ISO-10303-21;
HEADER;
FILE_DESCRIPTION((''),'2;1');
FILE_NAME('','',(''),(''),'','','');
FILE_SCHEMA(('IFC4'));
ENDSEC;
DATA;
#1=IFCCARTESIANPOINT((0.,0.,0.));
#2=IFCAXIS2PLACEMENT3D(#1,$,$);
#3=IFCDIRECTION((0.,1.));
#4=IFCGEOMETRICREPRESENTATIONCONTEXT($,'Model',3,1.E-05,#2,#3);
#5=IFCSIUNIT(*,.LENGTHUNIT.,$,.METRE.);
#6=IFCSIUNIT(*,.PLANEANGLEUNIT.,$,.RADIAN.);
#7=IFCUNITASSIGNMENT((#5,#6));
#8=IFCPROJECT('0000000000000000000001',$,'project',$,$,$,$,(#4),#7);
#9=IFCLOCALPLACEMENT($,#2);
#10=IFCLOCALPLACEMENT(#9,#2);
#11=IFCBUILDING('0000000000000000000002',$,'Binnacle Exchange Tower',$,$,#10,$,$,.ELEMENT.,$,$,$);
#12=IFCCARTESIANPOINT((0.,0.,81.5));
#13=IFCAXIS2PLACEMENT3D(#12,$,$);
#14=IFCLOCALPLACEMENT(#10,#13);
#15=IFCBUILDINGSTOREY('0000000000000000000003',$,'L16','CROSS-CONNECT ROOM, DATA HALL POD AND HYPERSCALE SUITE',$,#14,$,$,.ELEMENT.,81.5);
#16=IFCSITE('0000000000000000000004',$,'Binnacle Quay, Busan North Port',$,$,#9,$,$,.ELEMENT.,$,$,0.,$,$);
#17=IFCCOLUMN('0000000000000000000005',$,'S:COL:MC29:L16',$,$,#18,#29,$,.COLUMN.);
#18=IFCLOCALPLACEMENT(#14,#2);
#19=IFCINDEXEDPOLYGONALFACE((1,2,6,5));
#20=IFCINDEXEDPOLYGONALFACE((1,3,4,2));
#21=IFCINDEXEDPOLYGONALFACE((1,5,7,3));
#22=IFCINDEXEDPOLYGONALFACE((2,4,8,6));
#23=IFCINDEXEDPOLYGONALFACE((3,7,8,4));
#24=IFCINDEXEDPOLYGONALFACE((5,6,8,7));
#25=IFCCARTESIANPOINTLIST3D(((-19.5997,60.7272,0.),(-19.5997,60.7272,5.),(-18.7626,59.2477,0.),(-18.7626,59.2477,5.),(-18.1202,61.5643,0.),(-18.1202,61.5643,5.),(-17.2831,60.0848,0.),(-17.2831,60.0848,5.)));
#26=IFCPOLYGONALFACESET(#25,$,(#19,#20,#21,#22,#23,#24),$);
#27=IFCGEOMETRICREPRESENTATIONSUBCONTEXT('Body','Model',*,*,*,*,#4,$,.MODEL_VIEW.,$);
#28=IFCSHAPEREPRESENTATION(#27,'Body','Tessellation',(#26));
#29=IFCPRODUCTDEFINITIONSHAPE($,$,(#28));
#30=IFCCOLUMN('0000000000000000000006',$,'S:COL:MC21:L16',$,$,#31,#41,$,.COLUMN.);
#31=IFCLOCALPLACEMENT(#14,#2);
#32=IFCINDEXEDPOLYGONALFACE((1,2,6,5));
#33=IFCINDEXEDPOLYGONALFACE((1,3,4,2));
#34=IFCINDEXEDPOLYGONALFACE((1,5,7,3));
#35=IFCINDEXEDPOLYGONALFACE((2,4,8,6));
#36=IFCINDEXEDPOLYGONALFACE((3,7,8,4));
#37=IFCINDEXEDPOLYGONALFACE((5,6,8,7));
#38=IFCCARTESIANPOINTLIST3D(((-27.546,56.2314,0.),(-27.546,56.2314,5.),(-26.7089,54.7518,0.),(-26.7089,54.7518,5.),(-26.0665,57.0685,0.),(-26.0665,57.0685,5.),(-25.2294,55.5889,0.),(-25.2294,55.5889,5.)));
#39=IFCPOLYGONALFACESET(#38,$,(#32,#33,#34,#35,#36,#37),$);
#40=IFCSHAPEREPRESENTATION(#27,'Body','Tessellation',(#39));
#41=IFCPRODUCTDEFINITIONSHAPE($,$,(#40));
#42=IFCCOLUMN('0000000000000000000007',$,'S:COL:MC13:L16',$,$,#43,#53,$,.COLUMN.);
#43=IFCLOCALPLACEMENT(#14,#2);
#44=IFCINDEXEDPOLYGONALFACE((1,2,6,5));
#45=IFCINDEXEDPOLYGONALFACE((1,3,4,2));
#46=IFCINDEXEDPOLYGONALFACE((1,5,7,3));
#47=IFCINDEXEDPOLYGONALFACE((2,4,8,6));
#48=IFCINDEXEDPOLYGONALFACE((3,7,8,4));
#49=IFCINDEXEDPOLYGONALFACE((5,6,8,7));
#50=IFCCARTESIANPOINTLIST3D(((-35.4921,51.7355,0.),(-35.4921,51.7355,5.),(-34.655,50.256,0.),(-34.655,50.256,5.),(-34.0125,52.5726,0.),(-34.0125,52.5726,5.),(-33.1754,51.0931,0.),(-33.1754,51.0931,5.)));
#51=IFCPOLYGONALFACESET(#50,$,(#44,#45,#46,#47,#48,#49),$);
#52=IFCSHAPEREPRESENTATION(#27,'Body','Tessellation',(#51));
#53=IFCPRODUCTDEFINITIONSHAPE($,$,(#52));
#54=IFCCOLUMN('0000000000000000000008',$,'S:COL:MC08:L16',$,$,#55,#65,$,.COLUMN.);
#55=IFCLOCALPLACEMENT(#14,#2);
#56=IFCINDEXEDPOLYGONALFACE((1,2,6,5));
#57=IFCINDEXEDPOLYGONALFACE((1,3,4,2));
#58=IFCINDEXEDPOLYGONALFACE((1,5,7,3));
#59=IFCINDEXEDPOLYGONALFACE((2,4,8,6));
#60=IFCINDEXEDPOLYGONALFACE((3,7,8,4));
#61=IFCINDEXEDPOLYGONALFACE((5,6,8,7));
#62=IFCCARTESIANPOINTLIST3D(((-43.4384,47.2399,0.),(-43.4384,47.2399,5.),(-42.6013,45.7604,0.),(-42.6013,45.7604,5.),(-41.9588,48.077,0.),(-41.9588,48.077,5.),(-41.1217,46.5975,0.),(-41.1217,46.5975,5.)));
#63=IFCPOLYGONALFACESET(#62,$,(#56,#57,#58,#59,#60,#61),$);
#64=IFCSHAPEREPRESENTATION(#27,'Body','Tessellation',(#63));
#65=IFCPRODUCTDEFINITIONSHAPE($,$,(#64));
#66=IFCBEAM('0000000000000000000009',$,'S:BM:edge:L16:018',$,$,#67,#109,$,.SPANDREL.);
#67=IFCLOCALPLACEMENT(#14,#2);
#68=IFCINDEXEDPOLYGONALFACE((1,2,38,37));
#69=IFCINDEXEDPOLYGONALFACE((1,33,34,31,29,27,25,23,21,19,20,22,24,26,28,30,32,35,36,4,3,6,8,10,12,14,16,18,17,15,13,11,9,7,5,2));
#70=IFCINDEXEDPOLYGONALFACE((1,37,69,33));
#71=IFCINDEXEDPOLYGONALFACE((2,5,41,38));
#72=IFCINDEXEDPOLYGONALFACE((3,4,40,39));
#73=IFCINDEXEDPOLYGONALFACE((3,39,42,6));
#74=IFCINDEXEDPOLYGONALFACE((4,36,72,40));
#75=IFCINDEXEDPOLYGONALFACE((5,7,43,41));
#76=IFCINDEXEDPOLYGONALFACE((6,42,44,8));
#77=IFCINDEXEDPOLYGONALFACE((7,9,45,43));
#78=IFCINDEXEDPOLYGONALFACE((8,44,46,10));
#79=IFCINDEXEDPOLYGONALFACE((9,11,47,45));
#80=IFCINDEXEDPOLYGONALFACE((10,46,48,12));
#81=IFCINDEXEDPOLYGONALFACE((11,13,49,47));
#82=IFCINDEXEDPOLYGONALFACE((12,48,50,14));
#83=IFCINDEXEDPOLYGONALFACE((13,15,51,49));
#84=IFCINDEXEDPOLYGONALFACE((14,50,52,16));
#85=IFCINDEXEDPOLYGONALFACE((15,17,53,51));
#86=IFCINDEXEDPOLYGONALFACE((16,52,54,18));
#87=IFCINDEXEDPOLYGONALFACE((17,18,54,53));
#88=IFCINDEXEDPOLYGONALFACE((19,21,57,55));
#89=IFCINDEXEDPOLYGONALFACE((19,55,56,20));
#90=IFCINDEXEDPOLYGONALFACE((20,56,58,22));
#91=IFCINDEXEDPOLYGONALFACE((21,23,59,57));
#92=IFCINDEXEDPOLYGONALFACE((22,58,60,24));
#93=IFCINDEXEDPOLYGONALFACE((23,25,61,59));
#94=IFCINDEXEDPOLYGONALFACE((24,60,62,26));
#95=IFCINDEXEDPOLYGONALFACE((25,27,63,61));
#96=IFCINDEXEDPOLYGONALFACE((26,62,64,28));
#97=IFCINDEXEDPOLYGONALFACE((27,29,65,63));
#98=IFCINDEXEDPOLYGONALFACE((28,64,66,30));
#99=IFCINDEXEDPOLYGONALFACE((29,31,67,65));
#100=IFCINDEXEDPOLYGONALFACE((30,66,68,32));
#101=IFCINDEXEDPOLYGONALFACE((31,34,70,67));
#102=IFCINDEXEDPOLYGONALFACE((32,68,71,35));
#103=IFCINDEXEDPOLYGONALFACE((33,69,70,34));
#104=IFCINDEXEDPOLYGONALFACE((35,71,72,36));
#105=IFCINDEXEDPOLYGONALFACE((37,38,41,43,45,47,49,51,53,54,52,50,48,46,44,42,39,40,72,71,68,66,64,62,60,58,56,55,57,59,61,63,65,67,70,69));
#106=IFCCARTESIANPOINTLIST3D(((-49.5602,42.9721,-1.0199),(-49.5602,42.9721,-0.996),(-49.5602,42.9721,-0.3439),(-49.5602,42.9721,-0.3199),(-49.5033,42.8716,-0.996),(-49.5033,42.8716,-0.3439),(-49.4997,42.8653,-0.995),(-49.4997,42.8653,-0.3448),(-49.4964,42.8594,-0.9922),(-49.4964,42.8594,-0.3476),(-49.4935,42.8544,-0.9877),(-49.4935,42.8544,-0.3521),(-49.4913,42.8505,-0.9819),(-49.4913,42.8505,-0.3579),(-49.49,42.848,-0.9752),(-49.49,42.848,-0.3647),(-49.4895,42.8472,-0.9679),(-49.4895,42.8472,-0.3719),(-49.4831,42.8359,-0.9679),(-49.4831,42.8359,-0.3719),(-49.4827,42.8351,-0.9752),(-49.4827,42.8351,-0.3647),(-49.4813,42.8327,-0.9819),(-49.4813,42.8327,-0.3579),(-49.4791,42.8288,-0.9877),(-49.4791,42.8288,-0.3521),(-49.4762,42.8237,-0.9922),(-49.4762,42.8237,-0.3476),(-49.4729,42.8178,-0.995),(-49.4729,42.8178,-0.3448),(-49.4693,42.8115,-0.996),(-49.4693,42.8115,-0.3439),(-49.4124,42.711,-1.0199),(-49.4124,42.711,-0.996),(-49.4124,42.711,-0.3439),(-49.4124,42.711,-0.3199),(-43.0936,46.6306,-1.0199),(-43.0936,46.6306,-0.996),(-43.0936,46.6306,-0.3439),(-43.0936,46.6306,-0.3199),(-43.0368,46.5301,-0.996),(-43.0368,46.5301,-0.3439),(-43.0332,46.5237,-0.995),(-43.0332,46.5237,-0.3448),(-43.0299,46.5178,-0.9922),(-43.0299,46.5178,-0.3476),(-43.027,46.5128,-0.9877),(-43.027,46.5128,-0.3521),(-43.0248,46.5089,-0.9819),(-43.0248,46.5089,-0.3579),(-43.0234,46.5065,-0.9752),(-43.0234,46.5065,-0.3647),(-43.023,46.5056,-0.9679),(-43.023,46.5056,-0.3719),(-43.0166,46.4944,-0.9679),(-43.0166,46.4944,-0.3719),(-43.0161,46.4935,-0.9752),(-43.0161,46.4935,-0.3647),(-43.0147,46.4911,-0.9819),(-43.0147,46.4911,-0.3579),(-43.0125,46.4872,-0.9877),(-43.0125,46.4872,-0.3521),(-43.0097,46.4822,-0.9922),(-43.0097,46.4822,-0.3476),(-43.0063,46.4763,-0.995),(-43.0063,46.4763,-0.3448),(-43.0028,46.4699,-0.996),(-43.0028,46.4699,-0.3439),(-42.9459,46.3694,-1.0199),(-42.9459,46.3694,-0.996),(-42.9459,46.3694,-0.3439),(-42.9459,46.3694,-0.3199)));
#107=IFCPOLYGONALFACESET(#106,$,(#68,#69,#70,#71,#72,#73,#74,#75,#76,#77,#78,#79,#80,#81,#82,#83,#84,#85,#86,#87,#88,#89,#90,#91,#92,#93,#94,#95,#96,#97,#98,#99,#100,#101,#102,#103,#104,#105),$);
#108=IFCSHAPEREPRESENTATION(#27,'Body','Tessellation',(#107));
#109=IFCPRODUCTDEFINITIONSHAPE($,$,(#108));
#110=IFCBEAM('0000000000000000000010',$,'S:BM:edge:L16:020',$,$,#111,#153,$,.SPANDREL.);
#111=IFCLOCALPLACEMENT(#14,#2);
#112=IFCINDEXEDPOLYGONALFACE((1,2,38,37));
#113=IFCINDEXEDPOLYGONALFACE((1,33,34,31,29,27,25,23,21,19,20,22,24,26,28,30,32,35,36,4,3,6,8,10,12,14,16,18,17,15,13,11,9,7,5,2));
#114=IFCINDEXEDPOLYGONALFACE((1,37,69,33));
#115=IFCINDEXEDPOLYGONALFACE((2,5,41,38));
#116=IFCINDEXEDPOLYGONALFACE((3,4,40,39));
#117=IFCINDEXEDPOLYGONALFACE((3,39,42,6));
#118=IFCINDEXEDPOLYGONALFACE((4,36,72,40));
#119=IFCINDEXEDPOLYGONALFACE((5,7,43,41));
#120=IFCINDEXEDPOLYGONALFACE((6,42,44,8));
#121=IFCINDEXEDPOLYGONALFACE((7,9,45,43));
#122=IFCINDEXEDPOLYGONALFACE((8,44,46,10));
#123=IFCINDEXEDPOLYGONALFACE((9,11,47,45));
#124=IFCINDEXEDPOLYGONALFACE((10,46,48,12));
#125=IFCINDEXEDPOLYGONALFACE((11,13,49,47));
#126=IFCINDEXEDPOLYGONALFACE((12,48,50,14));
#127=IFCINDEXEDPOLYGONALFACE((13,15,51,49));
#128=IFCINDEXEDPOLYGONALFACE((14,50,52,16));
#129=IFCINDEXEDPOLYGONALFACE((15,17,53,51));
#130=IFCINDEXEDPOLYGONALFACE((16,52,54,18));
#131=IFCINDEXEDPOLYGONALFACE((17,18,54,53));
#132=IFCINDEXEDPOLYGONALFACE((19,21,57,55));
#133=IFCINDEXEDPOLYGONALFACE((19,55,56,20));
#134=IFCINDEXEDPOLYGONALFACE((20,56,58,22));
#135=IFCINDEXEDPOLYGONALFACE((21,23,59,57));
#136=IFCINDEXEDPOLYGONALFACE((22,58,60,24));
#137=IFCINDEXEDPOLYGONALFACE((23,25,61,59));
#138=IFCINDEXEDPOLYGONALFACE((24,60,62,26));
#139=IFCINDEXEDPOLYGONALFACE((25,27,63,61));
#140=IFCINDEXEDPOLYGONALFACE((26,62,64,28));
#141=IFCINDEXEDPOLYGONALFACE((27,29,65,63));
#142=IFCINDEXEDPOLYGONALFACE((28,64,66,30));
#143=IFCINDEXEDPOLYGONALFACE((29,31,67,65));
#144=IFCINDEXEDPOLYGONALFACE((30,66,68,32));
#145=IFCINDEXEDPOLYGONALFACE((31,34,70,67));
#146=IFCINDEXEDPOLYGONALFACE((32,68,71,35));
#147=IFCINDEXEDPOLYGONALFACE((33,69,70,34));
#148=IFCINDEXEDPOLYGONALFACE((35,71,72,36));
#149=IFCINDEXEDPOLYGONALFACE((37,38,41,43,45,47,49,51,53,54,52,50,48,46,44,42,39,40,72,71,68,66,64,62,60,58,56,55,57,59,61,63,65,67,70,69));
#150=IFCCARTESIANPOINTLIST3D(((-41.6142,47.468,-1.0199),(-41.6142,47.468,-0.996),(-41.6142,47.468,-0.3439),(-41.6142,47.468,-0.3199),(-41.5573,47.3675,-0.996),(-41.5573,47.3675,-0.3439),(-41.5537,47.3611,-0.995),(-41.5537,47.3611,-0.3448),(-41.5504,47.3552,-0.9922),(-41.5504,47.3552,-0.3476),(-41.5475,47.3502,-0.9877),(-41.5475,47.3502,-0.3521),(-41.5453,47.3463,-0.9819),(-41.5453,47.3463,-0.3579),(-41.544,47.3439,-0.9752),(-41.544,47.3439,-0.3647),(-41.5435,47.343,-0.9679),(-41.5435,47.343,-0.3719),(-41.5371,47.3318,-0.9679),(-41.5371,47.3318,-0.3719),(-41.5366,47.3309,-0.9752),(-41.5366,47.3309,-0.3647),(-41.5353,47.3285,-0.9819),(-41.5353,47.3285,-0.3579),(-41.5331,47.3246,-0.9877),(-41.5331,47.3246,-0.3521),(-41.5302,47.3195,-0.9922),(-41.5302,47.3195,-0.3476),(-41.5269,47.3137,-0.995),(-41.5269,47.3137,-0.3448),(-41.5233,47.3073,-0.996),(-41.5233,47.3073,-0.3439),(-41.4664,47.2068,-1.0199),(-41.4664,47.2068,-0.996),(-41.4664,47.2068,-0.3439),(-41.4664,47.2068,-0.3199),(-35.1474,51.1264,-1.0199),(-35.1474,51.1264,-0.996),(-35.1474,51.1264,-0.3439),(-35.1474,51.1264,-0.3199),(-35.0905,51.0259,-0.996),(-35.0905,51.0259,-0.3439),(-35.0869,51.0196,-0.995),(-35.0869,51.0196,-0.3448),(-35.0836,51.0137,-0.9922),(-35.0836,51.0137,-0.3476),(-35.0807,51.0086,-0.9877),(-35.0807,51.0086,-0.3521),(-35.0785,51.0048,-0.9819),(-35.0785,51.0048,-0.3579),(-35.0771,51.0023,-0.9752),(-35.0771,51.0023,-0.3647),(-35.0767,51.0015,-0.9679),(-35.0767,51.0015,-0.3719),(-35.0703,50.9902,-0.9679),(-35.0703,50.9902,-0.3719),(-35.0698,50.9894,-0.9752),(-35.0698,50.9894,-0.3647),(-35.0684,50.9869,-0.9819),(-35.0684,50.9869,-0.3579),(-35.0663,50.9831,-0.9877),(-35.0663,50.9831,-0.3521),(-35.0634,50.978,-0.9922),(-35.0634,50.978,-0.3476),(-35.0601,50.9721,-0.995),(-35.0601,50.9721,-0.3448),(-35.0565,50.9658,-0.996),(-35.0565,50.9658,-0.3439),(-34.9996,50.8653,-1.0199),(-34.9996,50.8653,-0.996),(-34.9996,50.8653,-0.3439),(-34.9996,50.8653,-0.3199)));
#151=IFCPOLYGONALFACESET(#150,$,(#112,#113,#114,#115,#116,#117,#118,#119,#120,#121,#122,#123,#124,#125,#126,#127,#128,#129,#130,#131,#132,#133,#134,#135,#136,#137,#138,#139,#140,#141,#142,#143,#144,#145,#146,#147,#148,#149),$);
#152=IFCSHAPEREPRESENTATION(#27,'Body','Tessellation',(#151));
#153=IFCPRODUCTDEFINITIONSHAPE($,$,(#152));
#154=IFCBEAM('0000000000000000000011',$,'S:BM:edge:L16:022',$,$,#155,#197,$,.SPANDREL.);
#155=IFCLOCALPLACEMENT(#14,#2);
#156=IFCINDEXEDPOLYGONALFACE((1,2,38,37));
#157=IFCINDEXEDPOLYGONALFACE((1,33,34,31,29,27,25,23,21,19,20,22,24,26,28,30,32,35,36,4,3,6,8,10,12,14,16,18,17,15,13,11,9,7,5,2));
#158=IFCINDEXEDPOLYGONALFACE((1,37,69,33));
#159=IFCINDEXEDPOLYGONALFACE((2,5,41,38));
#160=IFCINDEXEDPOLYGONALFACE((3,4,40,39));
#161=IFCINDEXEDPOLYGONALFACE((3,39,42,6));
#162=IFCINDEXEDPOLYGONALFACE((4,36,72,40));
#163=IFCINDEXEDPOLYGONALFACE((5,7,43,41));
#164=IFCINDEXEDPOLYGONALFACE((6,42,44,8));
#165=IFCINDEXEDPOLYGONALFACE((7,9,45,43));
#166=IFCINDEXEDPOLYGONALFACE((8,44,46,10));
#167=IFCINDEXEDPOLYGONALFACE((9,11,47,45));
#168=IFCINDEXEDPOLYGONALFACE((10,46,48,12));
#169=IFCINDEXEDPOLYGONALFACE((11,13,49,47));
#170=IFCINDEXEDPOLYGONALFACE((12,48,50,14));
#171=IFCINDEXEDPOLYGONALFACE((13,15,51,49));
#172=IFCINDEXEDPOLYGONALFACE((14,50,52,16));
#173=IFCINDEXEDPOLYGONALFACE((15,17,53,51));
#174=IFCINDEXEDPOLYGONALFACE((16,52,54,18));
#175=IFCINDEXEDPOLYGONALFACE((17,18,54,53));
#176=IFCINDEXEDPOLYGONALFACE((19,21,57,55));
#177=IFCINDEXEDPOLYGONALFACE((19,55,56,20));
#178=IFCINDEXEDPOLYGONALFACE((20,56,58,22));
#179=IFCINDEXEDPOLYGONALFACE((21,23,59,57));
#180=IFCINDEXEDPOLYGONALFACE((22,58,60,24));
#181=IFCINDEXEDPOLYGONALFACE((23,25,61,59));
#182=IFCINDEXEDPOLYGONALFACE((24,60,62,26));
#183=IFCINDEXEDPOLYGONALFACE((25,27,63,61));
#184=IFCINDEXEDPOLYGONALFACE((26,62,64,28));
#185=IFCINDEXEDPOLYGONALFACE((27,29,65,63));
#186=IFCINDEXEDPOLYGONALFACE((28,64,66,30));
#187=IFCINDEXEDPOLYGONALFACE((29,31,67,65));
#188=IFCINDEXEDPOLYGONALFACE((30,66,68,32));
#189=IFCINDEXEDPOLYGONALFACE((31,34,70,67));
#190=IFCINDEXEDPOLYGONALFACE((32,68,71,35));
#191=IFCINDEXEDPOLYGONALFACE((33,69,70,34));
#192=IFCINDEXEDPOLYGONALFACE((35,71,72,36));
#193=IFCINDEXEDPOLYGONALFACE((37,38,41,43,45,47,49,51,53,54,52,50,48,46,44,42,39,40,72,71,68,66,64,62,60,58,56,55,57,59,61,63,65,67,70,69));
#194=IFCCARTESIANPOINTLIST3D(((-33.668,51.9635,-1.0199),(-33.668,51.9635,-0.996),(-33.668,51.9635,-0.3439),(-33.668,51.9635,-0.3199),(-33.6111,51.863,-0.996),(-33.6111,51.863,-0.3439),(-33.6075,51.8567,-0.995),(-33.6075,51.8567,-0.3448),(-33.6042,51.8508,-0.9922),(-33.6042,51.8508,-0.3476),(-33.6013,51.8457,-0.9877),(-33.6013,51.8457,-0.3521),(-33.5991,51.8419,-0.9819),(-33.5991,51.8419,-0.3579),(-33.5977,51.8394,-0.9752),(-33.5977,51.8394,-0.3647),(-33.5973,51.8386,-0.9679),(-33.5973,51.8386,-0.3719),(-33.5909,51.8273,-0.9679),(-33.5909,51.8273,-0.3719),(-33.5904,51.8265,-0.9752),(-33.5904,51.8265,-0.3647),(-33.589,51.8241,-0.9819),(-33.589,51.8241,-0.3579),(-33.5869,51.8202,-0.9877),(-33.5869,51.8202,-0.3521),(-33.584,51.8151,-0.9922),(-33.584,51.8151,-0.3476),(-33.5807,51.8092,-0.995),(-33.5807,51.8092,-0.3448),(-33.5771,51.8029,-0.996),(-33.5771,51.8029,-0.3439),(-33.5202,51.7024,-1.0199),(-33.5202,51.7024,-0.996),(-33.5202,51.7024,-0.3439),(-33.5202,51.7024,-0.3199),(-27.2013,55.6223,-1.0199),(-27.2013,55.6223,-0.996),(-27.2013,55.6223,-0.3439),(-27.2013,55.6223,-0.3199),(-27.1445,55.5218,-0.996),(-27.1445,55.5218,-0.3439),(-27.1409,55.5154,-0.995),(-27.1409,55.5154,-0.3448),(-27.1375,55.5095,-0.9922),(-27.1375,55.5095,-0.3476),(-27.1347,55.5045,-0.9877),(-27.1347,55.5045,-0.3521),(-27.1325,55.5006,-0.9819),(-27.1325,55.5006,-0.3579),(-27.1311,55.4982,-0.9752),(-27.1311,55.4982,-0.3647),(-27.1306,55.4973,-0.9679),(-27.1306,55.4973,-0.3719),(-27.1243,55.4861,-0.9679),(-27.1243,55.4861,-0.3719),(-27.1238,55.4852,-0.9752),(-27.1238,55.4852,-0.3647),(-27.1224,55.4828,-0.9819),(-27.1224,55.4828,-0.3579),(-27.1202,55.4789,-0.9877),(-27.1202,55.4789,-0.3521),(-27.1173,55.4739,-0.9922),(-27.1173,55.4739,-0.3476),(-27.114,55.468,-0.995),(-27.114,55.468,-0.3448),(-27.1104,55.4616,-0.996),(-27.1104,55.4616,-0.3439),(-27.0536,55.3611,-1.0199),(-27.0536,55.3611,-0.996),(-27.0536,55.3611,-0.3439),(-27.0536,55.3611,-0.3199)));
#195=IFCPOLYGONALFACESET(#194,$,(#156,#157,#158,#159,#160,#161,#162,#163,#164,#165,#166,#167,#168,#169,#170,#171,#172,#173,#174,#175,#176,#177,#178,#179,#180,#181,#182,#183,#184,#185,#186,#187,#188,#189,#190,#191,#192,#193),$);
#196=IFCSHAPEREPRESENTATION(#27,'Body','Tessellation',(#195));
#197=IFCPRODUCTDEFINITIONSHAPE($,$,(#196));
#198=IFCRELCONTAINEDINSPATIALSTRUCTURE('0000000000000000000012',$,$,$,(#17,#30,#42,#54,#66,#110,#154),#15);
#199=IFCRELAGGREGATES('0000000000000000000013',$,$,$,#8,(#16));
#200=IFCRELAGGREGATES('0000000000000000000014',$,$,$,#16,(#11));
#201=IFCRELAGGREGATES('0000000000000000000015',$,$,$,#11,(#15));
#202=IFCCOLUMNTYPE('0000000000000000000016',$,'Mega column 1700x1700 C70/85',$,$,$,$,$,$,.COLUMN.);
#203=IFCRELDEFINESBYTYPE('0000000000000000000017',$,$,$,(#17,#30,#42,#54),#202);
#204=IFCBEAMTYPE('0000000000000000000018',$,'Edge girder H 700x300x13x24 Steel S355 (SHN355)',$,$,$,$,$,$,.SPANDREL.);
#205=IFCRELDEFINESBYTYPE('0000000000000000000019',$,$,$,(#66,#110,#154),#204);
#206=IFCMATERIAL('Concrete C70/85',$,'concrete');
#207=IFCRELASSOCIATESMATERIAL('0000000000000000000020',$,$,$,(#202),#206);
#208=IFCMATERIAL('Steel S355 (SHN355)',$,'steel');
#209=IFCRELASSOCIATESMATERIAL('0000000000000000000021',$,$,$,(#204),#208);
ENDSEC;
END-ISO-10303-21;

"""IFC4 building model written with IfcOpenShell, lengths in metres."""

from ifc_helpers import new_model, si_unit, direction, frame, origin, origin_2d, place, context, subcontext, project, spatial, rectangle, i_section, extrude, material, material_profile, profile_set, type_object, element, save


model = new_model("IFC4")

# Units and contexts
model_context = context("Model", 3, precision=1e-05, world=origin(), true_north=direction((0.0, 1.0)))
body_context = subcontext(model_context, "Body", "Model", "MODEL_VIEW")
ifc_project = project(units=[si_unit("LENGTHUNIT", "METRE"), si_unit("PLANEANGLEUNIT", "RADIAN")], contexts=[model_context])

# Site, building, storey
site_placement = place(None, origin())
site = spatial("IfcSite", under=ifc_project, at=site_placement, Name="Binnacle Quay, Busan North Port", CompositionType="ELEMENT", RefElevation=0.0)
building_placement = place(site_placement, origin())
building = spatial("IfcBuilding", under=site, at=building_placement, Name="Binnacle Exchange Tower", CompositionType="ELEMENT")
storey_placement = place(building_placement, frame((0.0, 0.0, 81.5)))
storey = spatial("IfcBuildingStorey", under=building, at=storey_placement, Name="L16", Description="CROSS-CONNECT ROOM, DATA HALL POD AND HYPERSCALE SUITE", CompositionType="ELEMENT", Elevation=81.5)

# Columns
ifc_material_1 = material(Name="Concrete C70/85", Category="concrete")
ifc_material_profile_1 = material_profile(ifc_material_1, rectangle(XDim=1.7, YDim=1.7, at=origin_2d()), Name="Mega column 1700x1700 C70/85")
ifc_profile_set_1 = profile_set([ifc_material_profile_1], Name="Concrete C70/85")
column_type = type_object("IfcColumnType", Name="Mega column 1700x1700 C70/85", PredefinedType="COLUMN", material=ifc_profile_set_1)
for number, where, z_axis, x_axis, name in (
    (1, (-18.4414, 60.406, 0.0), (0.0, 0.0, 1.0), (-0.870356, -0.492424, 0.0), "S:COL:MC29:L16"),
    (2, (-26.3877, 55.9102, 0.0), (0.0, 0.0, 1.0), (-0.870356, -0.492424, 0.0), "S:COL:MC21:L16"),
    (3, (-34.3337, 51.4143, 0.0), (0.0, 0.0, 1.0), (-0.870356, -0.492424, 0.0), "S:COL:MC13:L16"),
    (4, (-42.28, 46.9187, 0.0), (0.0, 0.0, 1.0), (-0.870356, -0.492424, 0.0), "S:COL:MC08:L16"),
):
    element("IfcColumn", number, at=place(storey_placement, frame(where, z_axis=z_axis, x_axis=x_axis)), inside=storey, type_object=column_type, Name=name, PredefinedType="COLUMN", context=body_context, shape_type="SweptSolid", body=[
        extrude(rectangle(XDim=1.7, YDim=1.7, at=origin_2d()), origin(), (0.0, 0.0, 1.0), 5.0),
    ])

# Beams
ifc_material_2 = material(Name="Steel S355 (SHN355)", Category="steel")
ifc_material_profile_2 = material_profile(ifc_material_2, i_section(OverallWidth=0.3, OverallDepth=0.7, WebThickness=0.0129, FlangeThickness=0.0239, FilletRadius=0.0281, at=origin_2d()), Name="H 700x300x13x24")
ifc_profile_set_2 = profile_set([ifc_material_profile_2], Name="Steel S355 (SHN355)")
beam_type_1 = type_object("IfcBeamType", Name="Edge girder H 700x300x13x24 Steel S355 (SHN355)", PredefinedType="SPANDREL", material=ifc_profile_set_2)
beam_1_placement = place(storey_placement, frame((-43.0198, 46.5, -0.6699), z_axis=(-0.870364, -0.492408, 0.0), x_axis=(0.492408, -0.870364, 0.0)))
element("IfcBeam", 5, at=beam_1_placement, inside=storey, type_object=beam_type_1, Name="S:BM:edge:L16:018", PredefinedType="SPANDREL", context=body_context, shape_type="SweptSolid", body=[
    extrude(i_section(OverallWidth=0.3, OverallDepth=0.7, WebThickness=0.0129, FlangeThickness=0.0239, FilletRadius=0.0281, at=origin_2d()), origin(), (0.0, 0.0, 1.0), 7.4297),
])
for number, where, z_axis, x_axis, name in (
    (6, (-35.0735, 50.9958, -0.6699), (-0.870372, -0.492394, 0.0), (0.492394, -0.870372, 0.0), "S:BM:edge:L16:020"),
    (7, (-27.1274, 55.4917, -0.6699), (-0.87035, -0.492433, 0.0), (0.492433, -0.87035, 0.0), "S:BM:edge:L16:022"),
):
    element("IfcBeam", number, at=place(storey_placement, frame(where, z_axis=z_axis, x_axis=x_axis)), inside=storey, type_object=beam_type_1, Name=name, PredefinedType="SPANDREL", context=body_context, shape_type="SweptSolid", body=[
        extrude(i_section(OverallWidth=0.3, OverallDepth=0.7, WebThickness=0.0129, FlangeThickness=0.0239, FilletRadius=0.0281, at=origin_2d()), origin(), (0.0, 0.0, 1.0), 7.4299),
    ])

save(model, "model.ifc")
